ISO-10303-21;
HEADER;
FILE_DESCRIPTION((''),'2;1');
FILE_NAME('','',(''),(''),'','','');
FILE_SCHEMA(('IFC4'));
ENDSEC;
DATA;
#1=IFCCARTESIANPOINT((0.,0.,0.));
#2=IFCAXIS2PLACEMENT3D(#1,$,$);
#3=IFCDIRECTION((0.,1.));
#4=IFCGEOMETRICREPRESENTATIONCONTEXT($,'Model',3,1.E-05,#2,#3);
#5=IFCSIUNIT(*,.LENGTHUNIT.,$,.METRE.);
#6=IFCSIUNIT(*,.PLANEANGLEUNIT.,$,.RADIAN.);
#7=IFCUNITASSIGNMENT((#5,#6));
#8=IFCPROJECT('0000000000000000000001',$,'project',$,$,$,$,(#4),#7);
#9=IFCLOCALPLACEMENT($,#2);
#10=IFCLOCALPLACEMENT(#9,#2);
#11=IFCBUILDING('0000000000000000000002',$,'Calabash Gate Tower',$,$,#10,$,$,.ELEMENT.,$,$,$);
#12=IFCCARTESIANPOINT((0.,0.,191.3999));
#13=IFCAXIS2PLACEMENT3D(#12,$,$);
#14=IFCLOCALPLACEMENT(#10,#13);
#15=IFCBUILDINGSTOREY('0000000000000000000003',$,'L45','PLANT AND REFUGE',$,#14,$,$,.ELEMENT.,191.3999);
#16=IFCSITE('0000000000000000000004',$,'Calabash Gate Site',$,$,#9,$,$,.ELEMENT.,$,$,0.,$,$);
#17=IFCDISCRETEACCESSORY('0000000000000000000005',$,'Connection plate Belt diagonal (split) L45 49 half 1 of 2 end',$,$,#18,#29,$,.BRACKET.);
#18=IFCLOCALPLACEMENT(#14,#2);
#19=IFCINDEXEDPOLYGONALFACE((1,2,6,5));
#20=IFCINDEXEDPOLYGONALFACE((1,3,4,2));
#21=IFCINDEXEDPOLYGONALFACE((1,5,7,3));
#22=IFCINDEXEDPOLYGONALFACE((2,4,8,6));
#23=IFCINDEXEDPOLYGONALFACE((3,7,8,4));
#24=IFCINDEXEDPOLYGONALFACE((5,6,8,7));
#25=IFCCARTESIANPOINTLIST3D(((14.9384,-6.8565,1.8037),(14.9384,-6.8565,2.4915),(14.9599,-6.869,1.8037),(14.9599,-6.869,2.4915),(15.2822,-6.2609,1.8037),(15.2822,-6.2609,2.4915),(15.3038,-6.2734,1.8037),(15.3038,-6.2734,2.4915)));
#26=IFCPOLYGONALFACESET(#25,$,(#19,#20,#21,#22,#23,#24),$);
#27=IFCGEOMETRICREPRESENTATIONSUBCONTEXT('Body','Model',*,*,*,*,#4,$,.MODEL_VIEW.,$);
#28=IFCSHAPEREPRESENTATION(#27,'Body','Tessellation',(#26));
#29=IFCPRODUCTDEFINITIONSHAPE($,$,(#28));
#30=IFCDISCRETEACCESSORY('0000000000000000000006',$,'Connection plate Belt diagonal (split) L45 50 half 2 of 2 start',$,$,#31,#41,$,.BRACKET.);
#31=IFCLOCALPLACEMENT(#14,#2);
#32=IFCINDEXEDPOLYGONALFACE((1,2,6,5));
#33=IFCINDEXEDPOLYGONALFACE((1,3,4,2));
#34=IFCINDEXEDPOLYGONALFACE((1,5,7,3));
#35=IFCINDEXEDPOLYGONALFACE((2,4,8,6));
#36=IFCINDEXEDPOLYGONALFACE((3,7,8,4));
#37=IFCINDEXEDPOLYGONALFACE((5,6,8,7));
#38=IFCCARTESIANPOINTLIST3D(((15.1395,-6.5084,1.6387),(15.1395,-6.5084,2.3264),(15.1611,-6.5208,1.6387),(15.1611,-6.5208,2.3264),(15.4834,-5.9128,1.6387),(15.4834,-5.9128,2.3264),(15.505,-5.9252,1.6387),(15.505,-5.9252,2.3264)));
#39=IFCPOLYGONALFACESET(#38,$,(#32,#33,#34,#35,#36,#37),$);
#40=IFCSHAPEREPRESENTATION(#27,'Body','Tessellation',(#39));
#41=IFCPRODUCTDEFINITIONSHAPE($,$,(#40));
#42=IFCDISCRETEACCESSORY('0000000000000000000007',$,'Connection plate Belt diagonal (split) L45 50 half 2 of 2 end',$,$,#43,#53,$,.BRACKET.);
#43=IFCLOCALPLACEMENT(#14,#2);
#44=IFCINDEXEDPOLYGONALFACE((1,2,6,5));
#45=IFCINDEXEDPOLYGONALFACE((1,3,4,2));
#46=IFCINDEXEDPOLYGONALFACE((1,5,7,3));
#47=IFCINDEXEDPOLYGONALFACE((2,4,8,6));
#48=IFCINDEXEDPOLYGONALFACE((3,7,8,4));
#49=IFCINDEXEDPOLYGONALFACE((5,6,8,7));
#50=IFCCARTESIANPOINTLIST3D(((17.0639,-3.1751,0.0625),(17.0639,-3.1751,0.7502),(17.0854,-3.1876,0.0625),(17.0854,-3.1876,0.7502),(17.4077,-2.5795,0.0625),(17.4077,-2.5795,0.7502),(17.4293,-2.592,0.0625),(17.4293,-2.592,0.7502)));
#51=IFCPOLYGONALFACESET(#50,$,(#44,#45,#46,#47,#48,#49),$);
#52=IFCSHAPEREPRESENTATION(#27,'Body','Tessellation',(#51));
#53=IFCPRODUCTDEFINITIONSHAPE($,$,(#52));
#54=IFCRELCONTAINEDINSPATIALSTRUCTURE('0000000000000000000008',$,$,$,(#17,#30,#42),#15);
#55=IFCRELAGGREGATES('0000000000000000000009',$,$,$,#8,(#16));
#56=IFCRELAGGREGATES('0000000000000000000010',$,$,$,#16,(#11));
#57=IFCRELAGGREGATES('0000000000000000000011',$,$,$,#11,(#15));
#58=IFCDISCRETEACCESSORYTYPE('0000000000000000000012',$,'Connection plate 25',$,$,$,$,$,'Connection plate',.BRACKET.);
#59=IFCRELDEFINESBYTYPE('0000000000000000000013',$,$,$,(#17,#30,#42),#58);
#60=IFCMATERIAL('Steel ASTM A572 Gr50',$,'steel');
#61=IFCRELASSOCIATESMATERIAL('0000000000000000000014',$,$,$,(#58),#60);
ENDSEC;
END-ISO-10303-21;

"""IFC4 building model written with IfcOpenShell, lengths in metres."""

from ifc_helpers import new_model, si_unit, direction, frame, origin, origin_2d, place, context, subcontext, project, spatial, rectangle, extrude, material, type_object, element, save


model = new_model("IFC4")

# Units and contexts
model_context = context("Model", 3, precision=1e-05, world=origin(), true_north=direction((0.0, 1.0)))
body_context = subcontext(model_context, "Body", "Model", "MODEL_VIEW")
ifc_project = project(units=[si_unit("LENGTHUNIT", "METRE"), si_unit("PLANEANGLEUNIT", "RADIAN")], contexts=[model_context])

# Site, building, storey
site_placement = place(None, origin())
site = spatial("IfcSite", under=ifc_project, at=site_placement, Name="Calabash Gate Site", CompositionType="ELEMENT", RefElevation=0.0)
building_placement = place(site_placement, origin())
building = spatial("IfcBuilding", under=site, at=building_placement, Name="Calabash Gate Tower", CompositionType="ELEMENT")
storey_placement = place(building_placement, frame((0.0, 0.0, 191.3999)))
storey = spatial("IfcBuildingStorey", under=building, at=storey_placement, Name="L45", Description="PLANT AND REFUGE", CompositionType="ELEMENT", Elevation=191.3999)

# Discrete accessories
ifc_material_1 = material(Name="Steel ASTM A572 Gr50", Category="steel")
discrete_accessory_type = type_object("IfcDiscreteAccessoryType", Name="Connection plate 25", ElementType="Connection plate", PredefinedType="BRACKET", material=ifc_material_1)
for number, where, z_axis, x_axis, name in (
    (1, (15.1211, -6.5649, 1.8037), (0.0, 0.0, 1.0), (0.5, 0.866025, 0.0), "Connection plate Belt diagonal (split) L45 49 half 1 of 2 end"),
    (2, (15.3223, -6.2168, 1.6387), (0.0, 0.0, 1.0), (0.5, 0.866025, 0.0), "Connection plate Belt diagonal (split) L45 50 half 2 of 2 start"),
    (3, (17.2466, -2.8835, 0.0625), (0.0, 0.0, 1.0), (0.5, 0.866025, 0.0), "Connection plate Belt diagonal (split) L45 50 half 2 of 2 end"),
):
    element("IfcDiscreteAccessory", number, at=place(storey_placement, frame(where, z_axis=z_axis, x_axis=x_axis)), inside=storey, type_object=discrete_accessory_type, Name=name, PredefinedType="BRACKET", context=body_context, shape_type="SweptSolid", body=[
        extrude(rectangle(XDim=0.6877, YDim=0.0249, at=origin_2d()), origin(), (0.0, 0.0, 1.0), 0.6877),
    ])

save(model, "model.ifc")
